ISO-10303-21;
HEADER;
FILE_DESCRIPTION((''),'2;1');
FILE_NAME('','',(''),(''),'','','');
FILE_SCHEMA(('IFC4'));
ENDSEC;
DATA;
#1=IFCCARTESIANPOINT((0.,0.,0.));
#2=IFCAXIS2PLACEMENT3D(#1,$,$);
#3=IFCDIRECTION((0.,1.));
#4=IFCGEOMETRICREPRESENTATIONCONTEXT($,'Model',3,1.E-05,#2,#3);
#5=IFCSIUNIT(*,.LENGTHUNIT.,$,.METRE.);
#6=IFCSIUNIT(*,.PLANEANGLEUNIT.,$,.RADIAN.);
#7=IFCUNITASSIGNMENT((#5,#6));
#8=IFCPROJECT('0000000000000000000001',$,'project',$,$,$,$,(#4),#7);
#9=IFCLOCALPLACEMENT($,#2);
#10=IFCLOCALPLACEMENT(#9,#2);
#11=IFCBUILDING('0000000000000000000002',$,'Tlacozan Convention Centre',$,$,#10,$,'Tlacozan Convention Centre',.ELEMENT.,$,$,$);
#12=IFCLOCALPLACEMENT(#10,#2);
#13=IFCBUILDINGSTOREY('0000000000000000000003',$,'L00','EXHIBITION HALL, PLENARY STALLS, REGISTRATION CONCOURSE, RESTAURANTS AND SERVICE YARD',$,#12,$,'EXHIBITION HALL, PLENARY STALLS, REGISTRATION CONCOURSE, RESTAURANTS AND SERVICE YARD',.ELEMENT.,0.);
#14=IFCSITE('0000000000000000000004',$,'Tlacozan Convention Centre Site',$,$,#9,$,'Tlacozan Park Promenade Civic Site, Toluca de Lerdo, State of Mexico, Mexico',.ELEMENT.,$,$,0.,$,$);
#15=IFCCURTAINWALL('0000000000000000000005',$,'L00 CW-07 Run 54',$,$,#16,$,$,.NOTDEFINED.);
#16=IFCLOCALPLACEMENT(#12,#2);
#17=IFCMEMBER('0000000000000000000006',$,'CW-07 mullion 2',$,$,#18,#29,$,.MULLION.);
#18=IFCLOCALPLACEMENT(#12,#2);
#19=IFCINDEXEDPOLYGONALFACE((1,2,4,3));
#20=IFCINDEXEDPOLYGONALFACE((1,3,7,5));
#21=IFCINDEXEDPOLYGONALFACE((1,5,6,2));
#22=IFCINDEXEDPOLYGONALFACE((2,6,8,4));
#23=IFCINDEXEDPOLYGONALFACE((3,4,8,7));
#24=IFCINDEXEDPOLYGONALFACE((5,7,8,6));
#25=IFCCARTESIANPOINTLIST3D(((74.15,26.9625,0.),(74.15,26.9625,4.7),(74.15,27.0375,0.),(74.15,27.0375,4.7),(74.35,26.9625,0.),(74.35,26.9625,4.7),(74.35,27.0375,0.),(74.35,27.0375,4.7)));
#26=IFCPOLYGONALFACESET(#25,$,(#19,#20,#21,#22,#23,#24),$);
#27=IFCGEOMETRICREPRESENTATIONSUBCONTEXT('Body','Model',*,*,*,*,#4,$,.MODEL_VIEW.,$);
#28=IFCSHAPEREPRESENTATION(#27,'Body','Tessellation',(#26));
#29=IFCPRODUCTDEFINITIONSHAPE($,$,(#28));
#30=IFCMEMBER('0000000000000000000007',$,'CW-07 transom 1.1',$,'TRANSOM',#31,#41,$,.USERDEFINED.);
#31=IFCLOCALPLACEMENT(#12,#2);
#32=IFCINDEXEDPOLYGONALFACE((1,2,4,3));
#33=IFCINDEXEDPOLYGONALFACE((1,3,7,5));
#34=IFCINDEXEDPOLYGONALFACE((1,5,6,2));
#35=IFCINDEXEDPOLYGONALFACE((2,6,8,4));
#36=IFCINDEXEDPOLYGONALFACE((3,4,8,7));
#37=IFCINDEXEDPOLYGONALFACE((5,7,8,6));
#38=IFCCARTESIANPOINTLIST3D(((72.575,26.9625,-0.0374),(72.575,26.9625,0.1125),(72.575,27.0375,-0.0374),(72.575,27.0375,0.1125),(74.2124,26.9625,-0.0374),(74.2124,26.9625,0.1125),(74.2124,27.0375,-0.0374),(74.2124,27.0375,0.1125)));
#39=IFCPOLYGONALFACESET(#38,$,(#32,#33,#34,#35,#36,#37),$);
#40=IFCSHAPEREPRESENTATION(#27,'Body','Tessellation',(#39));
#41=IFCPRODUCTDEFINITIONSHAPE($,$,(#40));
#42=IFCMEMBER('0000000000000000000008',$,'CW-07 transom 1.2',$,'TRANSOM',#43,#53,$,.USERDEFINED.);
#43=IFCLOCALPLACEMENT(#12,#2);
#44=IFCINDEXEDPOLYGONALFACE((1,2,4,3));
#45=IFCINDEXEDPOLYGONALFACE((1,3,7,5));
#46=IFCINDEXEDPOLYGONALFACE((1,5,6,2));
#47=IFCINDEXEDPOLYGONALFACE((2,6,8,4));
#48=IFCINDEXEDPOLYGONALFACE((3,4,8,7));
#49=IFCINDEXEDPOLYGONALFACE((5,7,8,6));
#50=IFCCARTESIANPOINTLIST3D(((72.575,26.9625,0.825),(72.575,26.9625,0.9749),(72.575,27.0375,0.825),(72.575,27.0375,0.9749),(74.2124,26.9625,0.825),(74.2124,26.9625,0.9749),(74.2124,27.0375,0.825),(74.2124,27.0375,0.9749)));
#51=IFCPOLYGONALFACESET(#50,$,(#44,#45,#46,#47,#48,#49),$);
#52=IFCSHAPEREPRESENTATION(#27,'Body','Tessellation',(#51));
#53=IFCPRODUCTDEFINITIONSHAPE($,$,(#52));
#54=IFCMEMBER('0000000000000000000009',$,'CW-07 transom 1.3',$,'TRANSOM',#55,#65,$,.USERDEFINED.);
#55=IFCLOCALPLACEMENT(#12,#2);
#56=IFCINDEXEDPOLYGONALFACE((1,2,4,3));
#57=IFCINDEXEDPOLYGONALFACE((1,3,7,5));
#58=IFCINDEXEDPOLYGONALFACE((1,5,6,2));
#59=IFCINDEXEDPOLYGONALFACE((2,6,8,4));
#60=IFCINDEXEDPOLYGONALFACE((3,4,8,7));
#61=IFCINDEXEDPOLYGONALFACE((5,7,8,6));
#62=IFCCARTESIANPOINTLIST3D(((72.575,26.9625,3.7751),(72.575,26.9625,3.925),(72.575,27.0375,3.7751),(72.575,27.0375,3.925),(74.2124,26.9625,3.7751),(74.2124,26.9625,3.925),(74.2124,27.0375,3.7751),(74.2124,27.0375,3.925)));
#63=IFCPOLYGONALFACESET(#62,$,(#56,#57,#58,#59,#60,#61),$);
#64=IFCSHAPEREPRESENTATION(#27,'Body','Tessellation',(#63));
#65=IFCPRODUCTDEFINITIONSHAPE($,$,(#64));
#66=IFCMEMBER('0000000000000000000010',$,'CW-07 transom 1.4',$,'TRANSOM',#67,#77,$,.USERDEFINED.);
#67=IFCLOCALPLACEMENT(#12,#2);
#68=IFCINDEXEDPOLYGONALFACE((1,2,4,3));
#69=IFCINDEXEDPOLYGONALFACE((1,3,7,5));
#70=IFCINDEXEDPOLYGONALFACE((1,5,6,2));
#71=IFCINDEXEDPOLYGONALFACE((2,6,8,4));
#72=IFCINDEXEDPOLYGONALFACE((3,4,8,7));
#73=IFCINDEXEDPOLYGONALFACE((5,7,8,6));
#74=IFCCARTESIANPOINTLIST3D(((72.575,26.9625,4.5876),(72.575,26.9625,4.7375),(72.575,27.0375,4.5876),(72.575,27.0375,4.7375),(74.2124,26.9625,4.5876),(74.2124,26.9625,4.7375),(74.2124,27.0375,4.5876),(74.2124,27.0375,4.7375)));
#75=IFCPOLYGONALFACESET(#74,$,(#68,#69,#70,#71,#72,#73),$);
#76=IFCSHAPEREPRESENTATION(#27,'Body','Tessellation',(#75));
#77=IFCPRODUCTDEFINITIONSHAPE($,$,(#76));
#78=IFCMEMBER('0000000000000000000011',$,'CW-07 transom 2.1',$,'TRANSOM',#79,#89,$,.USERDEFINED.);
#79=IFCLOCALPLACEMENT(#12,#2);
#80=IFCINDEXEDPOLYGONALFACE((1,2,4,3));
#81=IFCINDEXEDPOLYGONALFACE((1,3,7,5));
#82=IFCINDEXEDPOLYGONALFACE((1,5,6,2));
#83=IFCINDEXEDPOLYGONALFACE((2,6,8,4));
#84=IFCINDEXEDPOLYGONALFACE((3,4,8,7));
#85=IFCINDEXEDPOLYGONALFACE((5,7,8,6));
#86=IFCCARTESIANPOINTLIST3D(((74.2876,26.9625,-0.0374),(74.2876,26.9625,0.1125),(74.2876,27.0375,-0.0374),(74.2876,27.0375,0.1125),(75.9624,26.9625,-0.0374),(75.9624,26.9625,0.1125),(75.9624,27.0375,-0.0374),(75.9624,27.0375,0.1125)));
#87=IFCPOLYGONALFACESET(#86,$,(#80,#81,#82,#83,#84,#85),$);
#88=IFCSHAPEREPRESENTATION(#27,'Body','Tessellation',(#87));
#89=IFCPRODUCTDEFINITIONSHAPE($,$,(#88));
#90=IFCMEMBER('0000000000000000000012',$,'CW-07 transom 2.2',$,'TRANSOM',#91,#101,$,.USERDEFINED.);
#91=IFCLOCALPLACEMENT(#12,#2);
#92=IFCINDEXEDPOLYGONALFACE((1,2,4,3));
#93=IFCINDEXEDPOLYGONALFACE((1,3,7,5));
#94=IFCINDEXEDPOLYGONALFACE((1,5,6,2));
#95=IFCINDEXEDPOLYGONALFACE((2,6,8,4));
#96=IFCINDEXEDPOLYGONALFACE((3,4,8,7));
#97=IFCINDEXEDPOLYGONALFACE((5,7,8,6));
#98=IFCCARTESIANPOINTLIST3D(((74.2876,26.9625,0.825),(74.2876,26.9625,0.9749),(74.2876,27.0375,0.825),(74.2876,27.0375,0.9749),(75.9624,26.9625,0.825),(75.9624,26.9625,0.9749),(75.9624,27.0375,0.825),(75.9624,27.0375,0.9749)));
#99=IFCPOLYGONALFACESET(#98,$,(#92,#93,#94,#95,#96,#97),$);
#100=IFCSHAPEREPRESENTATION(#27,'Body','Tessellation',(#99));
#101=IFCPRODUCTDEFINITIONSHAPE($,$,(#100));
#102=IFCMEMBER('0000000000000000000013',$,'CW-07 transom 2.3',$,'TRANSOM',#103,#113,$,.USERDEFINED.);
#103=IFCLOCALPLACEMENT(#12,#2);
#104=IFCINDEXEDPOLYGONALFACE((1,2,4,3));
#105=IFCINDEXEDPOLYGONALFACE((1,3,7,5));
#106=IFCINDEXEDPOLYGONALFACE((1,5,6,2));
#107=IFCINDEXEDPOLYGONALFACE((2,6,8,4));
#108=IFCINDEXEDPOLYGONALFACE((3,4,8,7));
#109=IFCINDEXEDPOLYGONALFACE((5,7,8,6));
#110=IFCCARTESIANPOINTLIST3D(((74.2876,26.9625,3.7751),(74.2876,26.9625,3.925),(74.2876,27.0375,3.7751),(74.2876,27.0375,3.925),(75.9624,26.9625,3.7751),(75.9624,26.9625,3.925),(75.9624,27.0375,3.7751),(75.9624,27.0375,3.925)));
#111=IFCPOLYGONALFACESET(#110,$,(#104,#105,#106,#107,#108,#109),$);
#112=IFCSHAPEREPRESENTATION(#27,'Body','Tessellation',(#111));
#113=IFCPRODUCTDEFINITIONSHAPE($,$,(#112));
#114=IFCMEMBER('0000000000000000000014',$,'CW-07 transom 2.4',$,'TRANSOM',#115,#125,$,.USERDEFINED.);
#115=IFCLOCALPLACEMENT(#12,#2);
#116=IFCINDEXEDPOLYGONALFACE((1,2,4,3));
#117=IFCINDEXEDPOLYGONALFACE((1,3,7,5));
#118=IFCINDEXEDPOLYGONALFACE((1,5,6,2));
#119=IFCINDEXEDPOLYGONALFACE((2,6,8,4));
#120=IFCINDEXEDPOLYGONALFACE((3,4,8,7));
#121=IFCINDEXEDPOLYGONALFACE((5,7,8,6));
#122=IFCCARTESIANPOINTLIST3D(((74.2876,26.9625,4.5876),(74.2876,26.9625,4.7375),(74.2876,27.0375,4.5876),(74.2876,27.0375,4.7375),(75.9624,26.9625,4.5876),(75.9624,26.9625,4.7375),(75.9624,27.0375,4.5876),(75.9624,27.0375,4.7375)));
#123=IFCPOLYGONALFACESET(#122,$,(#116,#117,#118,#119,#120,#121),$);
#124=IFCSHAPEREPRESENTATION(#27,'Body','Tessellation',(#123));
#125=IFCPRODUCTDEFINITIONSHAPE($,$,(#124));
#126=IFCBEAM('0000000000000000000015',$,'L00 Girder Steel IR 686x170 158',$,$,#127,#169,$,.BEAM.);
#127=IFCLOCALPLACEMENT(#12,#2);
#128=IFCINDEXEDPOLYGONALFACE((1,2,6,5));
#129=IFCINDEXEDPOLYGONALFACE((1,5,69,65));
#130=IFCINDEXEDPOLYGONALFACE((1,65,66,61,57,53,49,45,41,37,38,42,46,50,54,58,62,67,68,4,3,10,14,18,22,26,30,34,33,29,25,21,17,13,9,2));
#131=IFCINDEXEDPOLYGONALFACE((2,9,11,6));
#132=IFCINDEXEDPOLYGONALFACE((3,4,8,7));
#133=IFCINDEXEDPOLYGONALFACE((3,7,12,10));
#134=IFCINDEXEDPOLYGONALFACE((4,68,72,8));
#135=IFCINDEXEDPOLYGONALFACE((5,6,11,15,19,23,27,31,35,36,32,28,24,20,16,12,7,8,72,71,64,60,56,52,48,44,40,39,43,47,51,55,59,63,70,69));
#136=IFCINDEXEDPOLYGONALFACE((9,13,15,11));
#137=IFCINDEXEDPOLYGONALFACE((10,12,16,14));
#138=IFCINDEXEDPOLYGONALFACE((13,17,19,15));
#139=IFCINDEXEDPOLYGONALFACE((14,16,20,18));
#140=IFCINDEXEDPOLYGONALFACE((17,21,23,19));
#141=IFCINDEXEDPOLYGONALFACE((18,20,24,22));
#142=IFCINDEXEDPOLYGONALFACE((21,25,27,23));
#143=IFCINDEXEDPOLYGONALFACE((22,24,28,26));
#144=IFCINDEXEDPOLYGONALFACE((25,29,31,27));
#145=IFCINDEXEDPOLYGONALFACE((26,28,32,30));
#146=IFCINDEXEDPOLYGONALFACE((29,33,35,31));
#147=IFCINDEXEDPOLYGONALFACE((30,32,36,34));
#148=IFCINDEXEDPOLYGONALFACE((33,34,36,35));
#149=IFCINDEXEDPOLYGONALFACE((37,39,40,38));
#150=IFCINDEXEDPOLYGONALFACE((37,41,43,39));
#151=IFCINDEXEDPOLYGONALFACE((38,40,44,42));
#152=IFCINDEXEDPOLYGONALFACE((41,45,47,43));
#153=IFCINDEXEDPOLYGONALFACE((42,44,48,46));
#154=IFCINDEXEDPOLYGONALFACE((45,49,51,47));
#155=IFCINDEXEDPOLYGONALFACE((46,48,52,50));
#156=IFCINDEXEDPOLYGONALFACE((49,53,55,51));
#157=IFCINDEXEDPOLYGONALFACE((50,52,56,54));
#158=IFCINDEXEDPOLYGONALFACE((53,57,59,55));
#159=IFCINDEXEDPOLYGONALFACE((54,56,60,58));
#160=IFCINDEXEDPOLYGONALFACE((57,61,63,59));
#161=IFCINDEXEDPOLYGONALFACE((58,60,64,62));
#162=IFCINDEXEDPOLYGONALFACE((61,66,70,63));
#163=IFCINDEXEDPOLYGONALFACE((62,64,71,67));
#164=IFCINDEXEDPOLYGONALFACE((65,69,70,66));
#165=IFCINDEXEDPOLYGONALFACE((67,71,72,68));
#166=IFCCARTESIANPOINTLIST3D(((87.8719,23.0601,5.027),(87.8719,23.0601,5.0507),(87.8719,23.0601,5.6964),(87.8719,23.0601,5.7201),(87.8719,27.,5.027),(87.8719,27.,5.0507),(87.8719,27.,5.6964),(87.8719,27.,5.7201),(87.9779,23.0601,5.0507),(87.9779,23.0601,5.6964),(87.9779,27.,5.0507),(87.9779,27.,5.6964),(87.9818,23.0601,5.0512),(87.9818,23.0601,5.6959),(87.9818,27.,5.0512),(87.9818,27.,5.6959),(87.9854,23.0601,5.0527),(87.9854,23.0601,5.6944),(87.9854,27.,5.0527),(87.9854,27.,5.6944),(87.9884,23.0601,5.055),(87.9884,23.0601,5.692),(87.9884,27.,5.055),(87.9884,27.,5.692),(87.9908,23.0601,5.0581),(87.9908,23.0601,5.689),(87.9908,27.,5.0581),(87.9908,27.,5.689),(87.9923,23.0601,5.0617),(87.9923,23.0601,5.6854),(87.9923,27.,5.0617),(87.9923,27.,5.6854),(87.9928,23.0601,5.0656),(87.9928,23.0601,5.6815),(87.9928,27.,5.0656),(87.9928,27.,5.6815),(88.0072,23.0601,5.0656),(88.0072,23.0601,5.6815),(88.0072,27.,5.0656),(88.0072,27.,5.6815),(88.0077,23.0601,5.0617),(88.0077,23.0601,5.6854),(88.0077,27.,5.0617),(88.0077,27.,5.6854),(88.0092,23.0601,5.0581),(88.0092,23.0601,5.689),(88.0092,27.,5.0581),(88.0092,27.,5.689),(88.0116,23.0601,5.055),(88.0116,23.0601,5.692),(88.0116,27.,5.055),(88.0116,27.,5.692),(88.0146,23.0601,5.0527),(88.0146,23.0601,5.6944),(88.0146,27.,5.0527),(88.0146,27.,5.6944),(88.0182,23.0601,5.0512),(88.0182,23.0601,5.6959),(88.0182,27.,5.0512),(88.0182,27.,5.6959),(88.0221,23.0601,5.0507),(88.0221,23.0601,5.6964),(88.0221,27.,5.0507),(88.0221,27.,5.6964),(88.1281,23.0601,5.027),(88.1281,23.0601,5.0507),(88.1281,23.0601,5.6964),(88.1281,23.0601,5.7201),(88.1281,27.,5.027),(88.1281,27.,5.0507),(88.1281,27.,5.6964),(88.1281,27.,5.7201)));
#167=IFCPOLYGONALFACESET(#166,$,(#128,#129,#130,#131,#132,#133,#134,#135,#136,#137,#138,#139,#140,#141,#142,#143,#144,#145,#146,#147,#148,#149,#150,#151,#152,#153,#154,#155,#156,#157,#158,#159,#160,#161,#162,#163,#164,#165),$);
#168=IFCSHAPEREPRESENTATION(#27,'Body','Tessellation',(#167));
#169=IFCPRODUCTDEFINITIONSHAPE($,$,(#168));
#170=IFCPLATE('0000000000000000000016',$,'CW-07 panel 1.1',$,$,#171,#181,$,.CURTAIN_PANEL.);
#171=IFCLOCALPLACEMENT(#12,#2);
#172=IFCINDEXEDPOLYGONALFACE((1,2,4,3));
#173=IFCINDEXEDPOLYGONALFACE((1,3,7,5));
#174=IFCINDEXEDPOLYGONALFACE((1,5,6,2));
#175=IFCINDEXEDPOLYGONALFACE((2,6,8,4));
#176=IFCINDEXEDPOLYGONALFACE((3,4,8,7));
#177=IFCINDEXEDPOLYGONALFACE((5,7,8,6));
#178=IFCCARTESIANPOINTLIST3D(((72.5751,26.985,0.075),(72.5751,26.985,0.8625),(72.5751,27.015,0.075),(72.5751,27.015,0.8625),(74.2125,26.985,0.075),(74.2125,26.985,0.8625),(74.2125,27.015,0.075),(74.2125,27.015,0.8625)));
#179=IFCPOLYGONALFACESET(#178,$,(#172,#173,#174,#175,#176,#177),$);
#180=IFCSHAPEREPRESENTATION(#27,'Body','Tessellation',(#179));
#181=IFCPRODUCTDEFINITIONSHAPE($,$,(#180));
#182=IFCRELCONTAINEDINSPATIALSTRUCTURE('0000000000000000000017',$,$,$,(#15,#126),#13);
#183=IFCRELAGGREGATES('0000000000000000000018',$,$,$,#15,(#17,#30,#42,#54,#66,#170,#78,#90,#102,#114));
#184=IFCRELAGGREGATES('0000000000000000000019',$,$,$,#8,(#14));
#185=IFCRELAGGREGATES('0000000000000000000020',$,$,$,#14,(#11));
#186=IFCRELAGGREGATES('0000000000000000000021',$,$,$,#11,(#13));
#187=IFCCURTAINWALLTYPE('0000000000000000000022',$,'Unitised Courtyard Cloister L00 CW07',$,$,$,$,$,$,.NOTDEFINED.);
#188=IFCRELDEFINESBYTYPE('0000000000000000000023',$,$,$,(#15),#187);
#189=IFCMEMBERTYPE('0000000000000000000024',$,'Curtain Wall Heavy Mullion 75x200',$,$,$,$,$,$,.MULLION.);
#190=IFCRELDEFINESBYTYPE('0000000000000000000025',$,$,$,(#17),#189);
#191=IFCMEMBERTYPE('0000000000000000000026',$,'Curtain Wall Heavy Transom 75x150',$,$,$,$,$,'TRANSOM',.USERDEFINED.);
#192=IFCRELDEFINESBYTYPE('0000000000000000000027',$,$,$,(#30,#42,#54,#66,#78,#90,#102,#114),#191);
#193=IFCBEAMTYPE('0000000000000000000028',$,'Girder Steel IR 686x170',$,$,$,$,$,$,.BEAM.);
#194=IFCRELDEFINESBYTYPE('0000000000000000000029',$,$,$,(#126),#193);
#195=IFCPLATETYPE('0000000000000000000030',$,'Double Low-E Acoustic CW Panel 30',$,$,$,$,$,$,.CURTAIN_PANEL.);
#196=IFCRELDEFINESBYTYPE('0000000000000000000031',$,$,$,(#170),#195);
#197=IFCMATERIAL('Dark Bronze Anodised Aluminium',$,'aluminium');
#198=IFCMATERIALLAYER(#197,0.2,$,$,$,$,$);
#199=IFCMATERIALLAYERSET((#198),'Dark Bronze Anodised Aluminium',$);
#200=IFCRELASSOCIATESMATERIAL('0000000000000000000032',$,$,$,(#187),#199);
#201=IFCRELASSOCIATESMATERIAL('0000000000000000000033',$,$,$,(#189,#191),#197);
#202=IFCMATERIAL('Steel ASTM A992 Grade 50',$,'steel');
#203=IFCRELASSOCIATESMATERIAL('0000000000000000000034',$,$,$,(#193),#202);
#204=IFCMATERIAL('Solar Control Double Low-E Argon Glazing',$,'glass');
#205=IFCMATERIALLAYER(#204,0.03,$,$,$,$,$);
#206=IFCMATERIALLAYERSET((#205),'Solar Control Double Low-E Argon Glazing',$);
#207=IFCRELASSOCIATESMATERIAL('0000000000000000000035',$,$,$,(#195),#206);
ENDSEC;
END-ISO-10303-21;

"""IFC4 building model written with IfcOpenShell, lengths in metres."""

from ifc_helpers import new_model, si_unit, direction, frame, origin, origin_2d, place, context, subcontext, project, spatial, rectangle, i_section, extrude, material, layer, layer_set, material_profile, profile_set, type_object, element, aggregate, save


model = new_model("IFC4")

# Units and contexts
model_context = context("Model", 3, precision=1e-05, world=origin(), true_north=direction((0.0, 1.0)))
body_context = subcontext(model_context, "Body", "Model", "MODEL_VIEW")
ifc_project = project(units=[si_unit("LENGTHUNIT", "METRE"), si_unit("PLANEANGLEUNIT", "RADIAN")], contexts=[model_context])

# Site, building, storey
site_placement = place(None, origin())
site = spatial("IfcSite", under=ifc_project, at=site_placement, Name="Tlacozan Convention Centre Site", LongName="Tlacozan Park Promenade Civic Site, Toluca de Lerdo, State of Mexico, Mexico", CompositionType="ELEMENT", RefElevation=0.0)
building_placement = place(site_placement, origin())
building = spatial("IfcBuilding", under=site, at=building_placement, Name="Tlacozan Convention Centre", LongName="Tlacozan Convention Centre", CompositionType="ELEMENT")
storey_placement = place(building_placement, origin())
storey = spatial("IfcBuildingStorey", under=building, at=storey_placement, Name="L00", Description="EXHIBITION HALL, PLENARY STALLS, REGISTRATION CONCOURSE, RESTAURANTS AND SERVICE YARD", LongName="EXHIBITION HALL, PLENARY STALLS, REGISTRATION CONCOURSE, RESTAURANTS AND SERVICE YARD", CompositionType="ELEMENT", Elevation=0.0)

# Curtain wall, members
ifc_material_1 = material(Name="Dark Bronze Anodised Aluminium", Category="aluminium")
ifc_layer_1 = layer(ifc_material_1, 0.2)
ifc_layer_set_1 = layer_set([ifc_layer_1], Name="Dark Bronze Anodised Aluminium")
curtain_wall_type = type_object("IfcCurtainWallType", Name="Unitised Courtyard Cloister L00 CW07", PredefinedType="NOTDEFINED", material=ifc_layer_set_1)
curtain_wall_placement = place(storey_placement, origin())
curtain_wall = element("IfcCurtainWall", 1, at=curtain_wall_placement, inside=storey, type_object=curtain_wall_type, Name="L00 CW-07 Run 54", PredefinedType="NOTDEFINED")
ifc_material_profile_1 = material_profile(ifc_material_1, rectangle(XDim=0.075, YDim=0.2, at=origin_2d()), Name="ALU 75x200")
ifc_profile_set_1 = profile_set([ifc_material_profile_1], Name="Dark Bronze Anodised Aluminium")
member_type_1 = type_object("IfcMemberType", Name="Curtain Wall Heavy Mullion 75x200", PredefinedType="MULLION", material=ifc_profile_set_1)
member_1_placement = place(storey_placement, frame((74.25, 27.0, 0.0), z_axis=(0.0, 0.0, 1.0), x_axis=(0.0, 1.0, 0.0)))
member_1 = element("IfcMember", 2, at=member_1_placement, type_object=member_type_1, Name="CW-07 mullion 2", PredefinedType="MULLION", context=body_context, shape_type="SweptSolid", body=[
    extrude(rectangle(XDim=0.075, YDim=0.2, at=origin_2d()), origin(), (0.0, 0.0, 1.0), 4.7),
])
ifc_material_profile_2 = material_profile(ifc_material_1, rectangle(XDim=0.075, YDim=0.1499, at=origin_2d()), Name="ALU 75x150")
ifc_profile_set_2 = profile_set([ifc_material_profile_2], Name="Dark Bronze Anodised Aluminium")
member_type_2 = type_object("IfcMemberType", Name="Curtain Wall Heavy Transom 75x150", ElementType="TRANSOM", PredefinedType="USERDEFINED", material=ifc_profile_set_2)
member_2_placement = place(storey_placement, frame((72.575, 27.0, 0.0376), z_axis=(1.0, 0.0, 0.0), x_axis=(0.0, 1.0, 0.0)))
member_2 = element("IfcMember", 3, at=member_2_placement, type_object=member_type_2, Name="CW-07 transom 1.1", ObjectType="TRANSOM", PredefinedType="USERDEFINED", context=body_context, shape_type="SweptSolid", body=[
    extrude(rectangle(XDim=0.075, YDim=0.1499, at=origin_2d()), origin(), (0.0, 0.0, 1.0), 1.6375),
])
member_3_placement = place(storey_placement, frame((72.575, 27.0, 0.8999), z_axis=(1.0, 0.0, 0.0), x_axis=(0.0, 1.0, 0.0)))
member_3 = element("IfcMember", 4, at=member_3_placement, type_object=member_type_2, Name="CW-07 transom 1.2", ObjectType="TRANSOM", PredefinedType="USERDEFINED", context=body_context, shape_type="SweptSolid", body=[
    extrude(rectangle(XDim=0.075, YDim=0.1499, at=origin_2d()), origin(), (0.0, 0.0, 1.0), 1.6375),
])
member_4_placement = place(storey_placement, frame((72.575, 27.0, 3.8501), z_axis=(1.0, 0.0, 0.0), x_axis=(0.0, 1.0, 0.0)))
member_4 = element("IfcMember", 5, at=member_4_placement, type_object=member_type_2, Name="CW-07 transom 1.3", ObjectType="TRANSOM", PredefinedType="USERDEFINED", context=body_context, shape_type="SweptSolid", body=[
    extrude(rectangle(XDim=0.075, YDim=0.1499, at=origin_2d()), origin(), (0.0, 0.0, 1.0), 1.6375),
])
member_5_placement = place(storey_placement, frame((72.575, 27.0, 4.6626), z_axis=(1.0, 0.0, 0.0), x_axis=(0.0, 1.0, 0.0)))
member_5 = element("IfcMember", 6, at=member_5_placement, type_object=member_type_2, Name="CW-07 transom 1.4", ObjectType="TRANSOM", PredefinedType="USERDEFINED", context=body_context, shape_type="SweptSolid", body=[
    extrude(rectangle(XDim=0.075, YDim=0.1499, at=origin_2d()), origin(), (0.0, 0.0, 1.0), 1.6375),
])
member_6_placement = place(storey_placement, frame((74.2876, 27.0, 0.0376), z_axis=(1.0, 0.0, 0.0), x_axis=(0.0, 1.0, 0.0)))
member_6 = element("IfcMember", 7, at=member_6_placement, type_object=member_type_2, Name="CW-07 transom 2.1", ObjectType="TRANSOM", PredefinedType="USERDEFINED", context=body_context, shape_type="SweptSolid", body=[
    extrude(rectangle(XDim=0.075, YDim=0.1499, at=origin_2d()), origin(), (0.0, 0.0, 1.0), 1.6748),
])
member_7_placement = place(storey_placement, frame((74.2876, 27.0, 0.8999), z_axis=(1.0, 0.0, 0.0), x_axis=(0.0, 1.0, 0.0)))
member_7 = element("IfcMember", 8, at=member_7_placement, type_object=member_type_2, Name="CW-07 transom 2.2", ObjectType="TRANSOM", PredefinedType="USERDEFINED", context=body_context, shape_type="SweptSolid", body=[
    extrude(rectangle(XDim=0.075, YDim=0.1499, at=origin_2d()), origin(), (0.0, 0.0, 1.0), 1.6748),
])
member_8_placement = place(storey_placement, frame((74.2876, 27.0, 3.8501), z_axis=(1.0, 0.0, 0.0), x_axis=(0.0, 1.0, 0.0)))
member_8 = element("IfcMember", 9, at=member_8_placement, type_object=member_type_2, Name="CW-07 transom 2.3", ObjectType="TRANSOM", PredefinedType="USERDEFINED", context=body_context, shape_type="SweptSolid", body=[
    extrude(rectangle(XDim=0.075, YDim=0.1499, at=origin_2d()), origin(), (0.0, 0.0, 1.0), 1.6748),
])
member_9_placement = place(storey_placement, frame((74.2876, 27.0, 4.6626), z_axis=(1.0, 0.0, 0.0), x_axis=(0.0, 1.0, 0.0)))
member_9 = element("IfcMember", 10, at=member_9_placement, type_object=member_type_2, Name="CW-07 transom 2.4", ObjectType="TRANSOM", PredefinedType="USERDEFINED", context=body_context, shape_type="SweptSolid", body=[
    extrude(rectangle(XDim=0.075, YDim=0.1499, at=origin_2d()), origin(), (0.0, 0.0, 1.0), 1.6748),
])

# Beam
ifc_material_2 = material(Name="Steel ASTM A992 Grade 50", Category="steel")
ifc_material_profile_3 = material_profile(ifc_material_2, i_section(OverallWidth=0.2561, OverallDepth=0.6931, WebThickness=0.0144, FlangeThickness=0.0237, FilletRadius=0.0149, at=origin_2d()), Name="IR 686x170.0")
ifc_profile_set_3 = profile_set([ifc_material_profile_3], Name="Steel ASTM A992 Grade 50")
beam_type = type_object("IfcBeamType", Name="Girder Steel IR 686x170", PredefinedType="BEAM", material=ifc_profile_set_3)
beam_placement = place(storey_placement, frame((88.0, 23.0601, 5.3735), z_axis=(0.0, 1.0, 0.0), x_axis=(-1.0, 0.0, 0.0)))
element("IfcBeam", 11, at=beam_placement, inside=storey, type_object=beam_type, Name="L00 Girder Steel IR 686x170 158", PredefinedType="BEAM", context=body_context, shape_type="SweptSolid", body=[
    extrude(i_section(OverallWidth=0.2561, OverallDepth=0.6931, WebThickness=0.0144, FlangeThickness=0.0237, FilletRadius=0.0149, at=origin_2d()), origin(), (0.0, 0.0, 1.0), 3.9399),
])

# Plate
ifc_material_3 = material(Name="Solar Control Double Low-E Argon Glazing", Category="glass")
ifc_layer_2 = layer(ifc_material_3, 0.03)
ifc_layer_set_2 = layer_set([ifc_layer_2], Name="Solar Control Double Low-E Argon Glazing")
plate_type = type_object("IfcPlateType", Name="Double Low-E Acoustic CW Panel 30", PredefinedType="CURTAIN_PANEL", material=ifc_layer_set_2)
plate_1_placement = place(storey_placement, frame((73.3938, 27.0, 0.075), z_axis=(0.0, 0.0, 1.0), x_axis=(1.0, 0.0, 0.0)))
plate_1 = element("IfcPlate", 12, at=plate_1_placement, type_object=plate_type, Name="CW-07 panel 1.1", PredefinedType="CURTAIN_PANEL", context=body_context, shape_type="SweptSolid", body=[
    extrude(rectangle(XDim=1.6375, YDim=0.03, at=origin_2d()), origin(), (0.0, 0.0, 1.0), 0.7876),
])
aggregate(curtain_wall, [member_1, member_2, member_3, member_4, member_5, plate_1, member_6, member_7, member_8, member_9])

save(model, "model.ifc")
